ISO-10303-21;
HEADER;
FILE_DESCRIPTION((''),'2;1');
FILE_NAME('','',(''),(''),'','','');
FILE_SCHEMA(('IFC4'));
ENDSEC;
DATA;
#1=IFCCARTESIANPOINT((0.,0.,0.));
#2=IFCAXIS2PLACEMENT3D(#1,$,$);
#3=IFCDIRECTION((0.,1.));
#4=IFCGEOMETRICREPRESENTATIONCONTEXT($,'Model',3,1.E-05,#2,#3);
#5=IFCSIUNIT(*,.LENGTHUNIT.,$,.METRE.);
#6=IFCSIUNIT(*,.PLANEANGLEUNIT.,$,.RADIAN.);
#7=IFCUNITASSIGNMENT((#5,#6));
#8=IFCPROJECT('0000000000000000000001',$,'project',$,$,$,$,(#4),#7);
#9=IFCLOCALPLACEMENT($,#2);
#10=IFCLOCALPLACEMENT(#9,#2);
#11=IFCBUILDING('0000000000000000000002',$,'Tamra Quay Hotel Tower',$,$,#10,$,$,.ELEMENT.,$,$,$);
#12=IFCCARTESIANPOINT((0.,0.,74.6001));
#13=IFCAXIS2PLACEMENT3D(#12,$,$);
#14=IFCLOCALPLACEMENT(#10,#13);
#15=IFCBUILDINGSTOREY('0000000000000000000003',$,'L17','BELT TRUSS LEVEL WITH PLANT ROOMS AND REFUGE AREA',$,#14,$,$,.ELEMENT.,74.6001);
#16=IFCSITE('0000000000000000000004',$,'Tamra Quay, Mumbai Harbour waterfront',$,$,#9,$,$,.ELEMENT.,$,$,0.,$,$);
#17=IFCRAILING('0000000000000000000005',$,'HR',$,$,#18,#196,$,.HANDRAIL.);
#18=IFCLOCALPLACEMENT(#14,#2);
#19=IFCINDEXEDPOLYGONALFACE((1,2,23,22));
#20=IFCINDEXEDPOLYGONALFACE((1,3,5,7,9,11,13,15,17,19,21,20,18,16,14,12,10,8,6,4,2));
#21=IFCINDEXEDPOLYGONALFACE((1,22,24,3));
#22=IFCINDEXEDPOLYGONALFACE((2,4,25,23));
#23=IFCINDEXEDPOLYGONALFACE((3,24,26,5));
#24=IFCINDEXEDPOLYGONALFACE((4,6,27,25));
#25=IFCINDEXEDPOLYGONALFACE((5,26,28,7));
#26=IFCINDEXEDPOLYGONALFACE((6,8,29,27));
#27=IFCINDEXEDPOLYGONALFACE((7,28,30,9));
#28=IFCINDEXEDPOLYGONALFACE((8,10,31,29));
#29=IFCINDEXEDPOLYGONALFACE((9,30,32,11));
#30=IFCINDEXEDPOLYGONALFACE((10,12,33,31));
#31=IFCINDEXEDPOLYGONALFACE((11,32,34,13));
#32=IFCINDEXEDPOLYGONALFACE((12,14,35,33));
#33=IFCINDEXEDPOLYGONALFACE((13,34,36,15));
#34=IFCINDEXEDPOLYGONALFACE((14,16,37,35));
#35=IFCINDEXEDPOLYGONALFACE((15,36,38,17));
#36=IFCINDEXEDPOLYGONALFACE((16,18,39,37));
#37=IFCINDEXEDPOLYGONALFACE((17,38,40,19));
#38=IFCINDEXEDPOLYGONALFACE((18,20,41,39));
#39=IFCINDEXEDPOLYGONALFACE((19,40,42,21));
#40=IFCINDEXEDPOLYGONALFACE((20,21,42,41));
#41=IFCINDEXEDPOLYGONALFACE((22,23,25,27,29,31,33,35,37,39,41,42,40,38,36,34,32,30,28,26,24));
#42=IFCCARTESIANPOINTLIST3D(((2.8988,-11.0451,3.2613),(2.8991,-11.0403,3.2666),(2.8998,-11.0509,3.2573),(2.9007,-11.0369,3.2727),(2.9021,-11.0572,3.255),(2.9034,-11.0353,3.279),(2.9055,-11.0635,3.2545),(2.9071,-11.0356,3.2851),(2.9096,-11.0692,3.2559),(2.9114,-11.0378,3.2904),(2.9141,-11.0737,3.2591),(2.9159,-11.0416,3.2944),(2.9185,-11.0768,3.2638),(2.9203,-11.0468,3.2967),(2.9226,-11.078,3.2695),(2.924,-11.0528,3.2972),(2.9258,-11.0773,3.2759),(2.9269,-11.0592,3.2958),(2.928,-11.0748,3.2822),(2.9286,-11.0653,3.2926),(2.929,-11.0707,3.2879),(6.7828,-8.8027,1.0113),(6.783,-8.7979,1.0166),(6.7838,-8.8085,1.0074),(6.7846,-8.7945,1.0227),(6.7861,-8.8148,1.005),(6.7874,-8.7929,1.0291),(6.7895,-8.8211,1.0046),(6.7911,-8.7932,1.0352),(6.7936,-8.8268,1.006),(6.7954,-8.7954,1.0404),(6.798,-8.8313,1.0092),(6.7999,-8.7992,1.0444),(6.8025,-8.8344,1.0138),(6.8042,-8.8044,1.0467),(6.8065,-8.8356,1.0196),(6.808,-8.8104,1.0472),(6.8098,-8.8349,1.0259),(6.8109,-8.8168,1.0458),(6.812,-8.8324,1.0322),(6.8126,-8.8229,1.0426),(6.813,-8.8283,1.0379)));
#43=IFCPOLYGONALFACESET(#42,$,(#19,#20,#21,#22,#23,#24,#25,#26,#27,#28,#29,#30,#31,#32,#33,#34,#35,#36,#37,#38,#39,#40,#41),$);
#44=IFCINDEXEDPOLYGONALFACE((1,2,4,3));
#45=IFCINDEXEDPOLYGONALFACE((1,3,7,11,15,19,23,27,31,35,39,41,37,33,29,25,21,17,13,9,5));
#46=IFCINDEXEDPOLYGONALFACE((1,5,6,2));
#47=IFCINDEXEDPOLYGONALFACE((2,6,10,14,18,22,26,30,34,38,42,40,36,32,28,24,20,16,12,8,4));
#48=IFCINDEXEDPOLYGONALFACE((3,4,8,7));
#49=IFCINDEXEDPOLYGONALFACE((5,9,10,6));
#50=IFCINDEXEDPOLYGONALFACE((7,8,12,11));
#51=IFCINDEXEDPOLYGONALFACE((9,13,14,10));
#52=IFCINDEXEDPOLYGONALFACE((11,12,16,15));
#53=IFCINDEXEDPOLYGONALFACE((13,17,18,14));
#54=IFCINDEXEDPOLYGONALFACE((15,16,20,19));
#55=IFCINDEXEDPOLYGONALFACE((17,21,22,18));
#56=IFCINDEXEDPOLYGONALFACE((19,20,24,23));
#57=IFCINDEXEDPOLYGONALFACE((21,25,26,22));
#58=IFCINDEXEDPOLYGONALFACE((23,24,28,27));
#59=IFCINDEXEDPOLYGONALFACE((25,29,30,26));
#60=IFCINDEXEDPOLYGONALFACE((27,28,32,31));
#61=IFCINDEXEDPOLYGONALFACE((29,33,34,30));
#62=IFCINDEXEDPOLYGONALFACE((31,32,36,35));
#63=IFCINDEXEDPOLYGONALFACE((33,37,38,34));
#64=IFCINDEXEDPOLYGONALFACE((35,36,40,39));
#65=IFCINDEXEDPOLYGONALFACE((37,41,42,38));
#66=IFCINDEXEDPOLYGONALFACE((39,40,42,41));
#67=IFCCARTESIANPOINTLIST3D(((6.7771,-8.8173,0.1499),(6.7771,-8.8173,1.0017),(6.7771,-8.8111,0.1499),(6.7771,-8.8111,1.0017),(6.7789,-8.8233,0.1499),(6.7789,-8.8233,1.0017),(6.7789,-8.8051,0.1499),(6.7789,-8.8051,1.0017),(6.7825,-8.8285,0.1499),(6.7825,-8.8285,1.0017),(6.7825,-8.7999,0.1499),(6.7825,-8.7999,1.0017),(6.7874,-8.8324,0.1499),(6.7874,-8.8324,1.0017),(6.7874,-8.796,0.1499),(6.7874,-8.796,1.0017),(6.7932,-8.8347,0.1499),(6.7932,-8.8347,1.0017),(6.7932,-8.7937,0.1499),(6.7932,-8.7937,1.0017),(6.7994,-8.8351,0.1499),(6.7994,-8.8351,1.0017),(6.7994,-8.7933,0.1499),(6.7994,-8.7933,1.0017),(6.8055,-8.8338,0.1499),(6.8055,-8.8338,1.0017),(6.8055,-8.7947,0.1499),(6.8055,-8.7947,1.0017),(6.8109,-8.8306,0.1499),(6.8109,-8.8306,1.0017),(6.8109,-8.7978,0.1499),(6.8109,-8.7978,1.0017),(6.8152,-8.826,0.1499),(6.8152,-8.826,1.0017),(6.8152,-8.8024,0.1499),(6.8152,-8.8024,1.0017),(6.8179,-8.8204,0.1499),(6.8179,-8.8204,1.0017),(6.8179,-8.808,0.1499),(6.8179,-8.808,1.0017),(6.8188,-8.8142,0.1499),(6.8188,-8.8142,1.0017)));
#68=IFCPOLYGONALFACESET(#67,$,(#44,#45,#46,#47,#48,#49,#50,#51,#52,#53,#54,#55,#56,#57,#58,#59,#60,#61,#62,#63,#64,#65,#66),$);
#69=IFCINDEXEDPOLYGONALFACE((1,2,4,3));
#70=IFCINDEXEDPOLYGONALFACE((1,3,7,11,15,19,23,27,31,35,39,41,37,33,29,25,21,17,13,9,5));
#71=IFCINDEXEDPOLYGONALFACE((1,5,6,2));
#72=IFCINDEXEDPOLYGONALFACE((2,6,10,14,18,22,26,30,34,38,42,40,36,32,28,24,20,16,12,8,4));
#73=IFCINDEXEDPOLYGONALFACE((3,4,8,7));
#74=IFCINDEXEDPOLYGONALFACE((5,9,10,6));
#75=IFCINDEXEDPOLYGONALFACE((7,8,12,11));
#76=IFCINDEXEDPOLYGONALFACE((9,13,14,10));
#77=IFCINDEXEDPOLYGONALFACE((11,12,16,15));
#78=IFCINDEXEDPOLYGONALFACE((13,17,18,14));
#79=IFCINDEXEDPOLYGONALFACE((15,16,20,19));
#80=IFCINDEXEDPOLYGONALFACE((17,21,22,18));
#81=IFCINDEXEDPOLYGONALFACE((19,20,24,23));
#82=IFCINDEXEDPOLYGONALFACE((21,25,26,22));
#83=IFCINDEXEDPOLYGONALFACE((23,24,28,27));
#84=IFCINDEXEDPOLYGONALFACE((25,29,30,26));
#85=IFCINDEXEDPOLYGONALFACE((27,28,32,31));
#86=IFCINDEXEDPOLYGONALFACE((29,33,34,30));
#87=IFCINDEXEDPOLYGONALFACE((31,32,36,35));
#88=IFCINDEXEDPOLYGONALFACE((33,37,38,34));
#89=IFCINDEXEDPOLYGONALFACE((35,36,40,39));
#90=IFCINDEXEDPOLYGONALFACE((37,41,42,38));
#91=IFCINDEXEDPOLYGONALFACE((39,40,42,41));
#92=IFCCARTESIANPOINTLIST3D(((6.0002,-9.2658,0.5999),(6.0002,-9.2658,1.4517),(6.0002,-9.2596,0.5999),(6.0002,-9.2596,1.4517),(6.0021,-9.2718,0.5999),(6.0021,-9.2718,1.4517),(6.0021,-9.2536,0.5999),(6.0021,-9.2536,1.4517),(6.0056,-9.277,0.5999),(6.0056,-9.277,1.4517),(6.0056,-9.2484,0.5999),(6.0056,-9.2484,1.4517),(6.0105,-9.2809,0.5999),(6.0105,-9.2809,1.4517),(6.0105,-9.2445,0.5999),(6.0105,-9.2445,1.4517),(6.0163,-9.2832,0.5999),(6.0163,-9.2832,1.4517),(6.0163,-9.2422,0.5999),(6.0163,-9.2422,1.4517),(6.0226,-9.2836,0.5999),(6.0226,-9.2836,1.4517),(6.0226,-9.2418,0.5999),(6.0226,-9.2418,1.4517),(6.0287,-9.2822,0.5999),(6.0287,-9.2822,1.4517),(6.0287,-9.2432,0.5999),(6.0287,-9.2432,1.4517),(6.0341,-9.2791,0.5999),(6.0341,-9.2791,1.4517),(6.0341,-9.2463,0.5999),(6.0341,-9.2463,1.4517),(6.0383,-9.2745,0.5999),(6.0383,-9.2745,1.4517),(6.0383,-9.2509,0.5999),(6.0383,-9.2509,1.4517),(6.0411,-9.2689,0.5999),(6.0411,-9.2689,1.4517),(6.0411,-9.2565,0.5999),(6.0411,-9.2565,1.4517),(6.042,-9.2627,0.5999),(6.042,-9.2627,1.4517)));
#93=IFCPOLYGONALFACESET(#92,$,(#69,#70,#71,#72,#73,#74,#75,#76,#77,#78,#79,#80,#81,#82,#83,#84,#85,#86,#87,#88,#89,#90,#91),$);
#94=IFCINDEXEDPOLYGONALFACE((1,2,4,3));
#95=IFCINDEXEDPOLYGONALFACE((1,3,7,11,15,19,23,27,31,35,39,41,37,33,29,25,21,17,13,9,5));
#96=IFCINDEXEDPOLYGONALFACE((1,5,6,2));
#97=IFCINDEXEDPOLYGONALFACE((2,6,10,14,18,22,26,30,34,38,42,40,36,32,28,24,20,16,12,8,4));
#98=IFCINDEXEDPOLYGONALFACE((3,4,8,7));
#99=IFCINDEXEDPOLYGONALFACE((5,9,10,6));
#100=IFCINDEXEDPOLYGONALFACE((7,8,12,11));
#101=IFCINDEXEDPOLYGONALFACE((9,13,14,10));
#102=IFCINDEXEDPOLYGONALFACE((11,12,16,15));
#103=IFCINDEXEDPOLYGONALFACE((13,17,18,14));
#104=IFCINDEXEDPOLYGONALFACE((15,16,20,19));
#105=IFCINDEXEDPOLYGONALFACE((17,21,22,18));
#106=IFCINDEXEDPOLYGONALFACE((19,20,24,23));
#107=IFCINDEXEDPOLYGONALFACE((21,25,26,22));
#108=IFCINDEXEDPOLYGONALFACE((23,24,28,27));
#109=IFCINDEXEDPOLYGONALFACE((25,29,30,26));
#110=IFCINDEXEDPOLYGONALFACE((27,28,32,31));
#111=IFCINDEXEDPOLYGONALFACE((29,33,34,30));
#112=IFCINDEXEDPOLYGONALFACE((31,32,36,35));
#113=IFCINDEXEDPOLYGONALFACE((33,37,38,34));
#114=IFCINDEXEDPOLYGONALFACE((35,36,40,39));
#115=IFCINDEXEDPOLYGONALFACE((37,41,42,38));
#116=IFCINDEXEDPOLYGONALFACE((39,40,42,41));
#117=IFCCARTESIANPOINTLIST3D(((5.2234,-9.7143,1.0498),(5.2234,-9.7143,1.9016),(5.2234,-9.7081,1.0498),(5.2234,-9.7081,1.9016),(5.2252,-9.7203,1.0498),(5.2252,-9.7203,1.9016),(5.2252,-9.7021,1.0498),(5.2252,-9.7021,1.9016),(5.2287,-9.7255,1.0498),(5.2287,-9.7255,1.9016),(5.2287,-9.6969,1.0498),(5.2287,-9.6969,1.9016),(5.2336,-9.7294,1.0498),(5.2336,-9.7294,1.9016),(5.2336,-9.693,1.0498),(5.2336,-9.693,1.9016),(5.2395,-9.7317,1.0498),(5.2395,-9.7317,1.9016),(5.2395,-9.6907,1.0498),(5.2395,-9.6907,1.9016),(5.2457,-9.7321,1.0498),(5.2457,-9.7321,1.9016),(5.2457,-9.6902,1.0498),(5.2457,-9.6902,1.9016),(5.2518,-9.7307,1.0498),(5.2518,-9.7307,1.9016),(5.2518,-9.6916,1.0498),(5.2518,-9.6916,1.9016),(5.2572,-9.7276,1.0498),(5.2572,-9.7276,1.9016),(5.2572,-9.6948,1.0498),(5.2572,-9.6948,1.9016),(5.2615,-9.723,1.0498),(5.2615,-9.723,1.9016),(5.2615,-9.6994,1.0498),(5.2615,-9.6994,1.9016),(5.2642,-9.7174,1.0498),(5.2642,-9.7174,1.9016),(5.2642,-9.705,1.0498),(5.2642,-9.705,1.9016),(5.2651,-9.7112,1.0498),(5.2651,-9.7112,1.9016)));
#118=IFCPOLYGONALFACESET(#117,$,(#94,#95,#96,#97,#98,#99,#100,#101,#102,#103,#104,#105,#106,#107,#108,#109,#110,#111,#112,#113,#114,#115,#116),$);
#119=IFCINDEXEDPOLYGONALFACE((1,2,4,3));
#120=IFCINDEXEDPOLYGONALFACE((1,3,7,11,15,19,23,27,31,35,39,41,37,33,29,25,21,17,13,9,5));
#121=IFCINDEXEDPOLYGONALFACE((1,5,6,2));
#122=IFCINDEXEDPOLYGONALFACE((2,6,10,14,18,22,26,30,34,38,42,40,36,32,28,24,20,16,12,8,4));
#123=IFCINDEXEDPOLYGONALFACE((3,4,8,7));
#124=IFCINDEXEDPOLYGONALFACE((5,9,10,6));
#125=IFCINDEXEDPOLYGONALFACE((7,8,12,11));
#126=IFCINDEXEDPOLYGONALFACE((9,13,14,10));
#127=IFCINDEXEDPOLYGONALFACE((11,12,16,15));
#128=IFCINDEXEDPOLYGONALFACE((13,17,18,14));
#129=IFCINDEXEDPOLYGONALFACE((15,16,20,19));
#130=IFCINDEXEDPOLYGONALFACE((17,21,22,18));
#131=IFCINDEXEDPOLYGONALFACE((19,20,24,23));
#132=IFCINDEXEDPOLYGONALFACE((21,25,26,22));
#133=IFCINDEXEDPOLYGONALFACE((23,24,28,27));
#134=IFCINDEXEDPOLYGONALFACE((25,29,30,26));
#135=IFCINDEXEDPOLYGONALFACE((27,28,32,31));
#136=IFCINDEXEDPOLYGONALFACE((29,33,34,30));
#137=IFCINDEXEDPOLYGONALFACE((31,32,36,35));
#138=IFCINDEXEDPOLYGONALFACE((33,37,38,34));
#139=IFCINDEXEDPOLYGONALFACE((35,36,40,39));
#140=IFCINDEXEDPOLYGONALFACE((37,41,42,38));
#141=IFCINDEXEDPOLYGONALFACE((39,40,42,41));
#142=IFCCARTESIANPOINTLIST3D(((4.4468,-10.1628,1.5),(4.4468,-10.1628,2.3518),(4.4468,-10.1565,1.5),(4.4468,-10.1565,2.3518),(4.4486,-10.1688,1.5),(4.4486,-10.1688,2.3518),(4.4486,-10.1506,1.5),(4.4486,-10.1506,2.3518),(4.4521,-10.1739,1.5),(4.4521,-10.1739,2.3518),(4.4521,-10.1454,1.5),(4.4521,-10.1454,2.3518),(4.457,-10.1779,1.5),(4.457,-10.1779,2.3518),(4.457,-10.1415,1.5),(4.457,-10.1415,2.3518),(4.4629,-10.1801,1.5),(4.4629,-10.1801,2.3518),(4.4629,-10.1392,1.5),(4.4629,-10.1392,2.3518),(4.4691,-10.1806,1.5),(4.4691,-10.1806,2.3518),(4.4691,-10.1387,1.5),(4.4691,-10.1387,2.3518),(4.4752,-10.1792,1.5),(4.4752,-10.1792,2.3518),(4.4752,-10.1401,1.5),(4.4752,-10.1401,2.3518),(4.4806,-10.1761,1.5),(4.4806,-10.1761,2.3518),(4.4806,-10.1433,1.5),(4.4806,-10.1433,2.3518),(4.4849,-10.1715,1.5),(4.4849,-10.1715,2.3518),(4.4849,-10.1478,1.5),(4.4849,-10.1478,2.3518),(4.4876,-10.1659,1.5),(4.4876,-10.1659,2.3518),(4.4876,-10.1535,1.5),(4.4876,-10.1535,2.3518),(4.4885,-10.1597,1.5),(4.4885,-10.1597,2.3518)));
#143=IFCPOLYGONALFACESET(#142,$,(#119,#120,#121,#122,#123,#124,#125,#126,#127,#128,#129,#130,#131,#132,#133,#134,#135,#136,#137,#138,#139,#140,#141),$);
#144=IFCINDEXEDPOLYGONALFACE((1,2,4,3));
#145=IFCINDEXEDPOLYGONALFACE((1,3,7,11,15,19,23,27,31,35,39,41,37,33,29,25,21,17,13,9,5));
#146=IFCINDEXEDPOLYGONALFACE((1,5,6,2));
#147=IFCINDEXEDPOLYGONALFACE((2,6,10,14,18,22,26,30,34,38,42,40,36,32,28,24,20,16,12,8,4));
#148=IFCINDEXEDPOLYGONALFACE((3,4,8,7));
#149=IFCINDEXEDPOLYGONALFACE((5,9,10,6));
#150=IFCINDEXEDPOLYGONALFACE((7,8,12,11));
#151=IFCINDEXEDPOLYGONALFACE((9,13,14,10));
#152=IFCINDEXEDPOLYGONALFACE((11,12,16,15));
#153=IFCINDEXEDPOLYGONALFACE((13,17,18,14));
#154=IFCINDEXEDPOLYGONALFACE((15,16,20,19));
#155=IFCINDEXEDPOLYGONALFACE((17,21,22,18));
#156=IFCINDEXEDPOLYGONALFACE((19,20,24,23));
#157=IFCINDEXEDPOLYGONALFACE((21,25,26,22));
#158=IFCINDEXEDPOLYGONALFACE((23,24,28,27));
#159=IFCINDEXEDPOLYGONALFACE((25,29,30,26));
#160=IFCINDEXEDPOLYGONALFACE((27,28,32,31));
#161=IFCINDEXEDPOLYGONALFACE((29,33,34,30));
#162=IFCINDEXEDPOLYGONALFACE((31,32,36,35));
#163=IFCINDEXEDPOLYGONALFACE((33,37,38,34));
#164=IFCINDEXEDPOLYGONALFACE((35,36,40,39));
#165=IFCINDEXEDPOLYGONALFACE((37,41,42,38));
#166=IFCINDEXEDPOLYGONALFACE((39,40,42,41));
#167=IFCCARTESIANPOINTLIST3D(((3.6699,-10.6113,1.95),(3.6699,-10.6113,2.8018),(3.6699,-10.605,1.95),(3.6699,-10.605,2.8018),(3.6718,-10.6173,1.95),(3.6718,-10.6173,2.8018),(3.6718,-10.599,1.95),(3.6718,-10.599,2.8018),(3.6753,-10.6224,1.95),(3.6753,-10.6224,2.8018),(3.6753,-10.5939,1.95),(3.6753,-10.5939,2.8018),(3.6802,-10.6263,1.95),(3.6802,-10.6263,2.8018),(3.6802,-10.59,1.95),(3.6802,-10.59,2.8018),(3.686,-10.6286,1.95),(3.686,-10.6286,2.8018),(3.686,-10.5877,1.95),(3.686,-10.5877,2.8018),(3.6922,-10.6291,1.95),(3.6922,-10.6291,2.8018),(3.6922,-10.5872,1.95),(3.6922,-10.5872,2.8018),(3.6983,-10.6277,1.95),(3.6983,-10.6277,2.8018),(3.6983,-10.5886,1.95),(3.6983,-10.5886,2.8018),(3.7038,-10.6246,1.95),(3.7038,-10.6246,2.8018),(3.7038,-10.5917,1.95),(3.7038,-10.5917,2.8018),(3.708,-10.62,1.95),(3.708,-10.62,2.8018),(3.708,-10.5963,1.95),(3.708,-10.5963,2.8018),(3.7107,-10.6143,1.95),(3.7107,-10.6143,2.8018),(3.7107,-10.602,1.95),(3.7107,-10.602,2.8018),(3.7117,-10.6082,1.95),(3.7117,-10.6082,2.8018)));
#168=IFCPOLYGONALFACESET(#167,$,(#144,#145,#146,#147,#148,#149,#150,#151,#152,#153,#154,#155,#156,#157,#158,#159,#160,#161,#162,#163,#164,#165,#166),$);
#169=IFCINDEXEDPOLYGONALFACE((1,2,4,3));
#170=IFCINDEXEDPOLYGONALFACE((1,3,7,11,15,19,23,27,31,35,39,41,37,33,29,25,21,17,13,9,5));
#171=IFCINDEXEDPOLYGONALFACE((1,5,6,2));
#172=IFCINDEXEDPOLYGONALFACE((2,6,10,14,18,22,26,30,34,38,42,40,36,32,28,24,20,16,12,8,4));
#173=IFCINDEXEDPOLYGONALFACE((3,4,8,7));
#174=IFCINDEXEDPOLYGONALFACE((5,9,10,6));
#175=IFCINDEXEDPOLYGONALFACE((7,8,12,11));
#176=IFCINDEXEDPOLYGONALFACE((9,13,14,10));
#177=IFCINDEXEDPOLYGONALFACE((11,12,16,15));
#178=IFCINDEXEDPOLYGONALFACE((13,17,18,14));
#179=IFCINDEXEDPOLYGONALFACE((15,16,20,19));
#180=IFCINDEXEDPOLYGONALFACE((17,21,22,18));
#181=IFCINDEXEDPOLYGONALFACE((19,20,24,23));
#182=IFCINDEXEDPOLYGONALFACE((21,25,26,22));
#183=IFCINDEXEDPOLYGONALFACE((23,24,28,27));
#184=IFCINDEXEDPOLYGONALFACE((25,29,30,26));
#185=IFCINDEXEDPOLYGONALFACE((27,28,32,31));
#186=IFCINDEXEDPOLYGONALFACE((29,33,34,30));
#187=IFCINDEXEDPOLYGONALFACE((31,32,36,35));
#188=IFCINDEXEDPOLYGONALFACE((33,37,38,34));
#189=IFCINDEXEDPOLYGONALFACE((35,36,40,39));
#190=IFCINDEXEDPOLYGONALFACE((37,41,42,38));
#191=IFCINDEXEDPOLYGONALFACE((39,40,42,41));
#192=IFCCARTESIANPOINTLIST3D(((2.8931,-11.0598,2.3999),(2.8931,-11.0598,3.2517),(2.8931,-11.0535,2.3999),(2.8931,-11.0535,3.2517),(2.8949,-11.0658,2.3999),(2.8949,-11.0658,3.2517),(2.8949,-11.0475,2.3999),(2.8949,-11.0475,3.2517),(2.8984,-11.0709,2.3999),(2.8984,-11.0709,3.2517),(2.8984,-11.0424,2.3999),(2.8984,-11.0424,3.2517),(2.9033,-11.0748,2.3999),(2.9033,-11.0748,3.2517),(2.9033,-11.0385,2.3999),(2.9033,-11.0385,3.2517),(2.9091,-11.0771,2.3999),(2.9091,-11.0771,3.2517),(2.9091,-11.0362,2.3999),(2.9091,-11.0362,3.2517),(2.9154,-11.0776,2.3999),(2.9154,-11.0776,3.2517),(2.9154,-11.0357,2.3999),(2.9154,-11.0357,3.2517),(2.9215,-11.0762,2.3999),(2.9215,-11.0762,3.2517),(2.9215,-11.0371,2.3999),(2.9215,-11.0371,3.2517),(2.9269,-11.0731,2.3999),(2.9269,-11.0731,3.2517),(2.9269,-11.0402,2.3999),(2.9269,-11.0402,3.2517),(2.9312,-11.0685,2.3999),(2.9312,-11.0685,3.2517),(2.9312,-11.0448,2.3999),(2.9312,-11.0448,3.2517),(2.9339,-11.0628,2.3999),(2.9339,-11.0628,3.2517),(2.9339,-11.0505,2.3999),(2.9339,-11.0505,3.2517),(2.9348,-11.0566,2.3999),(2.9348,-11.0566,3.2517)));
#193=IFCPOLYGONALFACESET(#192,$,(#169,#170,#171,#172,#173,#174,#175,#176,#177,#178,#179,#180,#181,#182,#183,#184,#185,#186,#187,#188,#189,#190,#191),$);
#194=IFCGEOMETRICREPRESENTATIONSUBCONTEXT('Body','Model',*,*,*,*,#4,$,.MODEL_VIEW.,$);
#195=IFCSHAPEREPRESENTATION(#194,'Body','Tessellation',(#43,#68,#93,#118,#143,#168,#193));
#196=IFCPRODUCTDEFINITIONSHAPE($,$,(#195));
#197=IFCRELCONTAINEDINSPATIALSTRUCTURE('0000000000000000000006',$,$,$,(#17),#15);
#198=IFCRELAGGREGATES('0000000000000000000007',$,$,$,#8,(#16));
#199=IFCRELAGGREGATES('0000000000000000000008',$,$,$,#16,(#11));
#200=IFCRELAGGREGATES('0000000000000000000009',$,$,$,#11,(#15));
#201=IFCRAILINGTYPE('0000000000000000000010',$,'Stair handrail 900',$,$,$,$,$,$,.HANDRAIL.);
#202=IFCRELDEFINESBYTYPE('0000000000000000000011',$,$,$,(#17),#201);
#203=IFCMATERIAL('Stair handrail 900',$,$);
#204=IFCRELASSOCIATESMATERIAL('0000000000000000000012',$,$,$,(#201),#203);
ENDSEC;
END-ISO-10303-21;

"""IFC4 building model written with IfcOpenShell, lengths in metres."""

from ifc_helpers import new_model, si_unit, direction, frame, origin, origin_2d, place, context, subcontext, project, spatial, circle, extrude, material, type_object, element, save


model = new_model("IFC4")

# Units and contexts
model_context = context("Model", 3, precision=1e-05, world=origin(), true_north=direction((0.0, 1.0)))
body_context = subcontext(model_context, "Body", "Model", "MODEL_VIEW")
ifc_project = project(units=[si_unit("LENGTHUNIT", "METRE"), si_unit("PLANEANGLEUNIT", "RADIAN")], contexts=[model_context])

# Site, building, storey
site_placement = place(None, origin())
site = spatial("IfcSite", under=ifc_project, at=site_placement, Name="Tamra Quay, Mumbai Harbour waterfront", CompositionType="ELEMENT", RefElevation=0.0)
building_placement = place(site_placement, origin())
building = spatial("IfcBuilding", under=site, at=building_placement, Name="Tamra Quay Hotel Tower", CompositionType="ELEMENT")
storey_placement = place(building_placement, frame((0.0, 0.0, 74.6001)))
storey = spatial("IfcBuildingStorey", under=building, at=storey_placement, Name="L17", Description="BELT TRUSS LEVEL WITH PLANT ROOMS AND REFUGE AREA", CompositionType="ELEMENT", Elevation=74.6001)

# Railing
ifc_material_1 = material(Name="Stair handrail 900")
railing_type_1 = type_object("IfcRailingType", Name="Stair handrail 900", PredefinedType="HANDRAIL", material=ifc_material_1)
railing_1_placement = place(storey_placement, frame((6.7979, -8.8142, 0.1499)))
element("IfcRailing", 1, at=railing_1_placement, inside=storey, type_object=railing_type_1, Name="HR", PredefinedType="HANDRAIL", context=body_context, shape_type="SweptSolid", body=[
    extrude(circle(Radius=0.0239, at=origin_2d()), frame((0.0, 0.0, 0.876), z_axis=(-0.774076, -0.44691, 0.448418), x_axis=(0.499997, -0.866027, 0.0)), (0.0, 0.0, 1.0), 5.0176),
    extrude(circle(Radius=0.021, at=origin_2d()), origin(), (0.0, 0.0, 1.0), 0.8518),
    extrude(circle(Radius=0.021, at=origin_2d()), frame((-0.7769, -0.4485, 0.45)), (0.0, 0.0, 1.0), 0.8518),
    extrude(circle(Radius=0.021, at=origin_2d()), frame((-1.5537, -0.897, 0.8999)), (0.0, 0.0, 1.0), 0.8518),
    extrude(circle(Radius=0.021, at=origin_2d()), frame((-2.3303, -1.3455, 1.3501)), (0.0, 0.0, 1.0), 0.8518),
    extrude(circle(Radius=0.021, at=origin_2d()), frame((-3.1072, -1.7939, 1.8)), (0.0, 0.0, 1.0), 0.8518),
    extrude(circle(Radius=0.021, at=origin_2d()), frame((-3.884, -2.2424, 2.25)), (0.0, 0.0, 1.0), 0.8518),
])

save(model, "model.ifc")
